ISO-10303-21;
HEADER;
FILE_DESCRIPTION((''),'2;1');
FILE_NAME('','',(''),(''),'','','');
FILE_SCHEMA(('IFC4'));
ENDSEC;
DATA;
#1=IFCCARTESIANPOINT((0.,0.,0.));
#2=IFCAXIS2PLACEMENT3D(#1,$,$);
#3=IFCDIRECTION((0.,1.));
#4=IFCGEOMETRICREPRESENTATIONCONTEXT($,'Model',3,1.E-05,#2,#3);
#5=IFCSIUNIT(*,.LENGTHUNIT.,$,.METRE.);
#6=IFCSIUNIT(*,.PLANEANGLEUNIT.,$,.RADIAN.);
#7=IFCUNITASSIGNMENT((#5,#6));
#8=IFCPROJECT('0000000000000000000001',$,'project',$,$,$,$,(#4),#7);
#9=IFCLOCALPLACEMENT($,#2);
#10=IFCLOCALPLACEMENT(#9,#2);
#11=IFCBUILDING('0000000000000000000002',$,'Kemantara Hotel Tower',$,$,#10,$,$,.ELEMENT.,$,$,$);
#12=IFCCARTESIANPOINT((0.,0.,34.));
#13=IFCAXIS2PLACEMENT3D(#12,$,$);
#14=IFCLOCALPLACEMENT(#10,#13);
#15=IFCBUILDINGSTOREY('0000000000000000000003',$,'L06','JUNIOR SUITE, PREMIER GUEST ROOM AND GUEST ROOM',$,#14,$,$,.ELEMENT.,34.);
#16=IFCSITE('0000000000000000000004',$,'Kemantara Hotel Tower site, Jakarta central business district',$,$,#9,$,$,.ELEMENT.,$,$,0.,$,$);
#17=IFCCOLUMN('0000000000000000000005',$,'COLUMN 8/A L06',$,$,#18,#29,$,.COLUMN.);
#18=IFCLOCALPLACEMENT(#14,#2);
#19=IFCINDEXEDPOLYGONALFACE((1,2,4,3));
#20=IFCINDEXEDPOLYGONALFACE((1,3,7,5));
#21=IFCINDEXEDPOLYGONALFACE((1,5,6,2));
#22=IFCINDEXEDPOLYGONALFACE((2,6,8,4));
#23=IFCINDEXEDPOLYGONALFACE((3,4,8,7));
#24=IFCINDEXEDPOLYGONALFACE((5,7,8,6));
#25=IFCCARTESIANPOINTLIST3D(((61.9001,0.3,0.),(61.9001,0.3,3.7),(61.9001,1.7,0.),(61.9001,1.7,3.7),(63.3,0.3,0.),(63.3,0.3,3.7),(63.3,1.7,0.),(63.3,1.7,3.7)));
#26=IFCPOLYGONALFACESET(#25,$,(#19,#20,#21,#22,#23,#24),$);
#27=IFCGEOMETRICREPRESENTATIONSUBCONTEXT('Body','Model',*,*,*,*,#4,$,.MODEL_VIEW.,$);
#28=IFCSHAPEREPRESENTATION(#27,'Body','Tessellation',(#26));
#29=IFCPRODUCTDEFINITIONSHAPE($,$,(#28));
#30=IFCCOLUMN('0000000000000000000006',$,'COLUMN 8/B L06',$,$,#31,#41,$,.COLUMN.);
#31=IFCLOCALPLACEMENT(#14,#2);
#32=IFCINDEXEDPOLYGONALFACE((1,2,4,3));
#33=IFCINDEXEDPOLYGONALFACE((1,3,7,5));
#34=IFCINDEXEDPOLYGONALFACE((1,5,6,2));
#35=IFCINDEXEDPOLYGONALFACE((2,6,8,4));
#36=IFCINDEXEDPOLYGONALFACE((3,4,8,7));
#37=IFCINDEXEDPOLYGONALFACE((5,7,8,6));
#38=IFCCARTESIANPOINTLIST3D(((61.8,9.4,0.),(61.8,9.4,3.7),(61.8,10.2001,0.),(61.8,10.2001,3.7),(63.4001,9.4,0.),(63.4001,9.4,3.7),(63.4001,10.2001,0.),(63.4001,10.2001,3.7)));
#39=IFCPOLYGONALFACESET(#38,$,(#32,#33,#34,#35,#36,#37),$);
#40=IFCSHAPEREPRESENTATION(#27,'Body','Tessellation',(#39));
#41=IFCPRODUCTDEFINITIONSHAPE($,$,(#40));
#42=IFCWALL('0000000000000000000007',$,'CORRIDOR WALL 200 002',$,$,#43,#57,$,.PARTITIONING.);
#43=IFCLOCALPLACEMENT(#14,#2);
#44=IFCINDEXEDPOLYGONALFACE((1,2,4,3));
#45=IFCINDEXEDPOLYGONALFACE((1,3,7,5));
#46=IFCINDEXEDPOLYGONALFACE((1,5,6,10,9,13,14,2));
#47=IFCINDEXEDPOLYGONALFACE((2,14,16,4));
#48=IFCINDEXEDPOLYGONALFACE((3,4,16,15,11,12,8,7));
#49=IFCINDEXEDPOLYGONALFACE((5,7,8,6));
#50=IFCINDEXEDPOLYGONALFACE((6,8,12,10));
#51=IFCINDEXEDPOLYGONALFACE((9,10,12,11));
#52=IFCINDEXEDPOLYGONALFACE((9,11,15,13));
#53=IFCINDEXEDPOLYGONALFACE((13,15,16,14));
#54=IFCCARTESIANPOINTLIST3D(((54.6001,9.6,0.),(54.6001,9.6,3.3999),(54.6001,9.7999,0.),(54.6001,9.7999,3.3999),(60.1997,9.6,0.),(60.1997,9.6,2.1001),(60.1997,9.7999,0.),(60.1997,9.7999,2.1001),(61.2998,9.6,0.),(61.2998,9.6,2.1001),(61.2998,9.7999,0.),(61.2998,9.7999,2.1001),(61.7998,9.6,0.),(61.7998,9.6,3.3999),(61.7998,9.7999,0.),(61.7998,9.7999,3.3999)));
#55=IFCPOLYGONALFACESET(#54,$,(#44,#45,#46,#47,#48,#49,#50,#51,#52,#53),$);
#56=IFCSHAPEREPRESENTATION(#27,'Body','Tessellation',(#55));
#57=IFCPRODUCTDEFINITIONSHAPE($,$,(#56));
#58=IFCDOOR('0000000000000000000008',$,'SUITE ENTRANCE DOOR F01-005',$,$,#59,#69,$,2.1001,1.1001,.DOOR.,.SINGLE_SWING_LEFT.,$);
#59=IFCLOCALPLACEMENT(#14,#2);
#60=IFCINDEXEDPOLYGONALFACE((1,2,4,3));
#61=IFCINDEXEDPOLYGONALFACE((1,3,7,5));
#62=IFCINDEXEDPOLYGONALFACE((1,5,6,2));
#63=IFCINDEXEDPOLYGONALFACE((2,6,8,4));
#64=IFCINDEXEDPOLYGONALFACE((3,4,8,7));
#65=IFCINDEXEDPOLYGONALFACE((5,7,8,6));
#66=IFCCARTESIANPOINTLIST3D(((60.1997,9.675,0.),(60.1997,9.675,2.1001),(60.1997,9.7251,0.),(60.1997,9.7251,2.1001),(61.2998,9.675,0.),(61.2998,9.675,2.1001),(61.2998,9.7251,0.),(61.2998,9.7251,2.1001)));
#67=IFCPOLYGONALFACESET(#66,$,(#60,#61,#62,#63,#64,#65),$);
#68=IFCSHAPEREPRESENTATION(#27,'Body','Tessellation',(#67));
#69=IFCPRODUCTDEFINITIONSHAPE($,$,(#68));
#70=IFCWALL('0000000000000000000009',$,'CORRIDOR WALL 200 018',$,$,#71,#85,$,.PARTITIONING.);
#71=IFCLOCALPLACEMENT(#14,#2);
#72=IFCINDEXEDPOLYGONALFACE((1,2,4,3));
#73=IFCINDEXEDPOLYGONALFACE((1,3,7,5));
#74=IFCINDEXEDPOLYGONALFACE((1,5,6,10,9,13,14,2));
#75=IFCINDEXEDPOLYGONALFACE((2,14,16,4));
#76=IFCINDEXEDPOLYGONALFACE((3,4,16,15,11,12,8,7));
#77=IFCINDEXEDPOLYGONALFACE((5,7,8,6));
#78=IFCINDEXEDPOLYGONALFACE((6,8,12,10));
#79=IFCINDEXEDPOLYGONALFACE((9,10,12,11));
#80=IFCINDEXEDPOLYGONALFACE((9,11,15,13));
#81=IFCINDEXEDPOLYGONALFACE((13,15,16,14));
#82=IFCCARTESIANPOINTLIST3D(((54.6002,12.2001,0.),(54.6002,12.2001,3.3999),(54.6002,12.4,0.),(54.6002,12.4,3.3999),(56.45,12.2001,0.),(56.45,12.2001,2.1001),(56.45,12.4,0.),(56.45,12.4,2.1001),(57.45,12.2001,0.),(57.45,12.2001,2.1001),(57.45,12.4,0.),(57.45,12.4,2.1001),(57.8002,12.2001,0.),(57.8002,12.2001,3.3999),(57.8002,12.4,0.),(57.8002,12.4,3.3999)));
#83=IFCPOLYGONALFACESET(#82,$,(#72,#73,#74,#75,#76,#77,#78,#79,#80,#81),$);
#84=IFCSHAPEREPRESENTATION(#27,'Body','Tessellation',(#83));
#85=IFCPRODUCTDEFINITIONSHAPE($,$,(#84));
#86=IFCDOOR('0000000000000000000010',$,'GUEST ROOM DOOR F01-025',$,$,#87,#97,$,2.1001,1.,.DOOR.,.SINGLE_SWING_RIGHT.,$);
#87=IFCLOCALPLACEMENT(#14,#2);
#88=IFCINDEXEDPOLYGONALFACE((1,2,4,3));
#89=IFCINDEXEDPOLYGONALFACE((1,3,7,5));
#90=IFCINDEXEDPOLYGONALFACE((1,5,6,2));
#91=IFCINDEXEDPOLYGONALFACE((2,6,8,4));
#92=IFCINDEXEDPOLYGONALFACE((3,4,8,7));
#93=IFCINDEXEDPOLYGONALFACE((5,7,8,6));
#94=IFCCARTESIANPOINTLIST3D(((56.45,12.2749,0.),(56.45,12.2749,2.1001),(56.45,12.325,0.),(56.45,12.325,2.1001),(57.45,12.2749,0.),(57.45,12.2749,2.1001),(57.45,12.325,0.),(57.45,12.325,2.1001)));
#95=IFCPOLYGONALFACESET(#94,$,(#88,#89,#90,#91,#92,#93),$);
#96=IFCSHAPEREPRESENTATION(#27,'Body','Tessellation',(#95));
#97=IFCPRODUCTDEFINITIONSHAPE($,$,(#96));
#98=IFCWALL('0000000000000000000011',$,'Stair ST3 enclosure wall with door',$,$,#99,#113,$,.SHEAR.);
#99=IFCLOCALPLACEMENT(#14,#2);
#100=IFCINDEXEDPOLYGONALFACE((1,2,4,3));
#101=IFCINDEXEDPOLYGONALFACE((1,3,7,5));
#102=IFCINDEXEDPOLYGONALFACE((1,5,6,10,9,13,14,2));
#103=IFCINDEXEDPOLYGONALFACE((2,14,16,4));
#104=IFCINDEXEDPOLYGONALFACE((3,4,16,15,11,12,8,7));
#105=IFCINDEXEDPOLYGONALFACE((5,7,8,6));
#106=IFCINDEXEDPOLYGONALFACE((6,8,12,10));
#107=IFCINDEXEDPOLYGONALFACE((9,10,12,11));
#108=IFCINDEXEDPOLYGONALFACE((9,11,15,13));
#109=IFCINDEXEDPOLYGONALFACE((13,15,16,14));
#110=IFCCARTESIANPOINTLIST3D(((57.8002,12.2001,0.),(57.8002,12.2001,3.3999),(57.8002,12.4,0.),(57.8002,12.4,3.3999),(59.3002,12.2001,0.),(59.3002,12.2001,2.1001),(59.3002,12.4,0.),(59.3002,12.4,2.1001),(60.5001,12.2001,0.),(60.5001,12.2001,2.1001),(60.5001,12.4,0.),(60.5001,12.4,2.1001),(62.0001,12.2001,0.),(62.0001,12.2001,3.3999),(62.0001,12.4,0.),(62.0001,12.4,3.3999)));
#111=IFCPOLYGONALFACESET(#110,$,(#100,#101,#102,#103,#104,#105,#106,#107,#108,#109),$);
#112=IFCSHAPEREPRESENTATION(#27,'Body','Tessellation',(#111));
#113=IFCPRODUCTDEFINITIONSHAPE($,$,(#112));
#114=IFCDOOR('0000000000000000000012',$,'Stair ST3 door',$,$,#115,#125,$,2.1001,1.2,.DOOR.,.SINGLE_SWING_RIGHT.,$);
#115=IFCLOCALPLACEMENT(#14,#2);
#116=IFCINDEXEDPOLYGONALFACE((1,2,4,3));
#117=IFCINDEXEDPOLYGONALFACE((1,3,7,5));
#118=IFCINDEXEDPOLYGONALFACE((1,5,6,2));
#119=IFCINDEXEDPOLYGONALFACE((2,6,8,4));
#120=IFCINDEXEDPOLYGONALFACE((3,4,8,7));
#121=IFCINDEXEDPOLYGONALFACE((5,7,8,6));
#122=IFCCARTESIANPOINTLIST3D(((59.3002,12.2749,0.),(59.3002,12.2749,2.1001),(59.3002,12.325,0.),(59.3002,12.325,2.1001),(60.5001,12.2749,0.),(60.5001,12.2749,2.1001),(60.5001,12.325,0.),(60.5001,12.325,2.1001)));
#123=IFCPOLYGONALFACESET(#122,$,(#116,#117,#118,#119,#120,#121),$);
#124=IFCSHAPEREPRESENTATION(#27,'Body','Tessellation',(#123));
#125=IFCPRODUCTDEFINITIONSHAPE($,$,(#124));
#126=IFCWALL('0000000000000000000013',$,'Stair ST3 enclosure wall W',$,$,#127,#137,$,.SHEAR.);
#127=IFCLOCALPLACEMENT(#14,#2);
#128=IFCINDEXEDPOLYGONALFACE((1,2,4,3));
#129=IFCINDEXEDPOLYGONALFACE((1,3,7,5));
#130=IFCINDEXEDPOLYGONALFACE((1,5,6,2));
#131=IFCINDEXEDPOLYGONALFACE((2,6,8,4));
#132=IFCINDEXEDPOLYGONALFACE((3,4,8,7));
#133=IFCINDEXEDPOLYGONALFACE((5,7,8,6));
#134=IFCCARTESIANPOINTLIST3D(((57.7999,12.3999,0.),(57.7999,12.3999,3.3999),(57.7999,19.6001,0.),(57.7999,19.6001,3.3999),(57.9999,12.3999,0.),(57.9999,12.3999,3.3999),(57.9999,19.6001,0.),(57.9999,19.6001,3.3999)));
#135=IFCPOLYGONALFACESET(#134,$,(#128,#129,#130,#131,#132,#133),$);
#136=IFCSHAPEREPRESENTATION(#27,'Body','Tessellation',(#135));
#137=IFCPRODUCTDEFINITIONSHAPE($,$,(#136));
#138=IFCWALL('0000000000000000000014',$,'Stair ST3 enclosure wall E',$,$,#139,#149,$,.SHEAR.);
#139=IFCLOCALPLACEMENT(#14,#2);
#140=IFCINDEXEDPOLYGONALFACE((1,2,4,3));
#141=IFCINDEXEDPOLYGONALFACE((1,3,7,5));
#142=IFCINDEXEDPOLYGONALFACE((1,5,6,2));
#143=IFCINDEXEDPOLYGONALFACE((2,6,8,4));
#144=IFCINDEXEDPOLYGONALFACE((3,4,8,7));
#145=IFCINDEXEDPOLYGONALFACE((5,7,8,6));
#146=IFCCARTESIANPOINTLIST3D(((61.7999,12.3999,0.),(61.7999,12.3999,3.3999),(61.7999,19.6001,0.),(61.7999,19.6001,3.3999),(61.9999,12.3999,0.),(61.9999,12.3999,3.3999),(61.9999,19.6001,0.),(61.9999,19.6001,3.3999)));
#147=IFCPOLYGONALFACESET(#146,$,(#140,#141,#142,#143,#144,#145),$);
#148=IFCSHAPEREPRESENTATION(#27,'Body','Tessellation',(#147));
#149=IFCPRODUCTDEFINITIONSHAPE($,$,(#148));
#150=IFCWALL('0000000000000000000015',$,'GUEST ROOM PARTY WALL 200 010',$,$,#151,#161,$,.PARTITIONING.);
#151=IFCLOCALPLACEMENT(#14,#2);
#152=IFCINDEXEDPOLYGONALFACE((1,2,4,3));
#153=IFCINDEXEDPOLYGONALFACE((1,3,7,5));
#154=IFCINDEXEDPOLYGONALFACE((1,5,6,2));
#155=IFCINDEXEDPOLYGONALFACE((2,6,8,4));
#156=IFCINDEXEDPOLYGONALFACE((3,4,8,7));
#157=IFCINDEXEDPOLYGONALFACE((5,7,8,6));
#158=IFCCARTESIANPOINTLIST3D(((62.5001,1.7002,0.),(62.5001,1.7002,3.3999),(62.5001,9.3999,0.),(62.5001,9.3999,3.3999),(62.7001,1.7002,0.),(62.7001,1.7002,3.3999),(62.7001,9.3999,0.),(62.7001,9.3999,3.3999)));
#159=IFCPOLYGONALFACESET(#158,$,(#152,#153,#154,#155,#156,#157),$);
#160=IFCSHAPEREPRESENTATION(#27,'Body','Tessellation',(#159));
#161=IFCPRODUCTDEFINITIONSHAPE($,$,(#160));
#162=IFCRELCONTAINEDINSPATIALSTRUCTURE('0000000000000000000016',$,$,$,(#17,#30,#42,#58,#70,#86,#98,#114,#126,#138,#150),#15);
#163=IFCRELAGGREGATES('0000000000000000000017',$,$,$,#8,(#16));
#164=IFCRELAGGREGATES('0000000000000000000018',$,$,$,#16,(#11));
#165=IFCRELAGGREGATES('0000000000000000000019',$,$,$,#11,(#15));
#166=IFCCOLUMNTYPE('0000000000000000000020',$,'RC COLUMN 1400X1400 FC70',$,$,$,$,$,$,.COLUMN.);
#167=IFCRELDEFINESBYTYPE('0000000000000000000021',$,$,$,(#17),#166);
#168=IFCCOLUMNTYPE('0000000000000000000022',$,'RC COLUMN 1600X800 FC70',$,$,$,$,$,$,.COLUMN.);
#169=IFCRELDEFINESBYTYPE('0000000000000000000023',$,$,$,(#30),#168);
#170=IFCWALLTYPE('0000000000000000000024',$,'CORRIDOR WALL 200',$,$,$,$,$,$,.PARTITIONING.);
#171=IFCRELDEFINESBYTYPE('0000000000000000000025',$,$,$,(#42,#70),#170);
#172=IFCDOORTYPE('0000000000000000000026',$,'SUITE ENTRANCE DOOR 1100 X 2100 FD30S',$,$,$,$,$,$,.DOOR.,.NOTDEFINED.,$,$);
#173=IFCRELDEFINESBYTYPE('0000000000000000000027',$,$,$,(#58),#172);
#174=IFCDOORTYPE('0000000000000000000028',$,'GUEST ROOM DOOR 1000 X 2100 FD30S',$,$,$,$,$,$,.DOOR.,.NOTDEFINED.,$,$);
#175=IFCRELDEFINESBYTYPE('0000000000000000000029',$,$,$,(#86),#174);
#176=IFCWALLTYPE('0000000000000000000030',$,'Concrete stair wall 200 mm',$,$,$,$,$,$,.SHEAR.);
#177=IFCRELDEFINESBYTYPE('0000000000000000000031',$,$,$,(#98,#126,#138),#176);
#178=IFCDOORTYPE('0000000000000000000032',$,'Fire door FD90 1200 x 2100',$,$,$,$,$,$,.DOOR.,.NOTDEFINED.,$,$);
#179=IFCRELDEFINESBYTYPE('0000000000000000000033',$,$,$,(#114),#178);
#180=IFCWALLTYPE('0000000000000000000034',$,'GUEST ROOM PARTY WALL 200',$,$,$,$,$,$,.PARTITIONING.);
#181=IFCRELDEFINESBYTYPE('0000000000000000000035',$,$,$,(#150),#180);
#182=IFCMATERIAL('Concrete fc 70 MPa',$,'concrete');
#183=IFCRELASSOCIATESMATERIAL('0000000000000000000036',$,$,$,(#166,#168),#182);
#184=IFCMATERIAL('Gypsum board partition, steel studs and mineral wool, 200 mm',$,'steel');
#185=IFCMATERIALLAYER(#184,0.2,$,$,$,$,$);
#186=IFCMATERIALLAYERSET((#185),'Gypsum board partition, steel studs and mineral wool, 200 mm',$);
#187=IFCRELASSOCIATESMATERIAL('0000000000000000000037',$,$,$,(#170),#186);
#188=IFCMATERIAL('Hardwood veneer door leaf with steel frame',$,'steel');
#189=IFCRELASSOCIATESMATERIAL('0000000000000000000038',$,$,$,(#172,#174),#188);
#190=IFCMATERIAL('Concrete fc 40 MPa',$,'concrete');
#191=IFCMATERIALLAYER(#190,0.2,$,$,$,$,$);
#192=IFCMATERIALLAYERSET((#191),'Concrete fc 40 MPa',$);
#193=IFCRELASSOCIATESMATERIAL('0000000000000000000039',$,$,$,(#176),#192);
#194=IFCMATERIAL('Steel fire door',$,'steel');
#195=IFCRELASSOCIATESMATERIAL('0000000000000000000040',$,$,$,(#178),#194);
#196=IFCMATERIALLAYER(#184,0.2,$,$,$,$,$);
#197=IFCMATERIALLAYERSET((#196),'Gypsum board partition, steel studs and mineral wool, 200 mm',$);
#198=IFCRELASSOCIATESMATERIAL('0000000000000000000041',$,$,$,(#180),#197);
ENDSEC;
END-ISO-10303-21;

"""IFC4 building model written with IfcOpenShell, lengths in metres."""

from ifc_helpers import new_model, si_unit, direction, frame, frame_2d, origin, origin_2d, place, context, subcontext, project, spatial, rectangle, extrude, material, layer, layer_set, material_profile, profile_set, type_object, element, fill, save


model = new_model("IFC4")

# Units and contexts
model_context = context("Model", 3, precision=1e-05, world=origin(), true_north=direction((0.0, 1.0)))
body_context = subcontext(model_context, "Body", "Model", "MODEL_VIEW")
ifc_project = project(units=[si_unit("LENGTHUNIT", "METRE"), si_unit("PLANEANGLEUNIT", "RADIAN")], contexts=[model_context])

# Site, building, storey
site_placement = place(None, origin())
site = spatial("IfcSite", under=ifc_project, at=site_placement, Name="Kemantara Hotel Tower site, Jakarta central business district", CompositionType="ELEMENT", RefElevation=0.0)
building_placement = place(site_placement, origin())
building = spatial("IfcBuilding", under=site, at=building_placement, Name="Kemantara Hotel Tower", CompositionType="ELEMENT")
storey_placement = place(building_placement, frame((0.0, 0.0, 34.0)))
storey = spatial("IfcBuildingStorey", under=building, at=storey_placement, Name="L06", Description="JUNIOR SUITE, PREMIER GUEST ROOM AND GUEST ROOM", CompositionType="ELEMENT", Elevation=34.0)

# Columns
ifc_material_1 = material(Name="Concrete fc 70 MPa", Category="concrete")
ifc_material_profile_1 = material_profile(ifc_material_1, rectangle(XDim=1.3999, YDim=1.3999, at=origin_2d()), Name="RC 1400X1400")
ifc_profile_set_1 = profile_set([ifc_material_profile_1], Name="Concrete fc 70 MPa")
column_type_1 = type_object("IfcColumnType", Name="RC COLUMN 1400X1400 FC70", PredefinedType="COLUMN", material=ifc_profile_set_1)
column_1_placement = place(storey_placement, frame((62.6001, 1.0, 0.0), z_axis=(0.0, 0.0, 1.0), x_axis=(1.0, 0.0, 0.0)))
element("IfcColumn", 1, at=column_1_placement, inside=storey, type_object=column_type_1, Name="COLUMN 8/A L06", PredefinedType="COLUMN", context=body_context, shape_type="SweptSolid", body=[
    extrude(rectangle(XDim=1.3999, YDim=1.3999, at=origin_2d()), origin(), (0.0, 0.0, 1.0), 3.7),
])
ifc_material_profile_2 = material_profile(ifc_material_1, rectangle(XDim=1.6001, YDim=0.8, at=origin_2d()), Name="RC 1600X800")
ifc_profile_set_2 = profile_set([ifc_material_profile_2], Name="Concrete fc 70 MPa")
column_type_2 = type_object("IfcColumnType", Name="RC COLUMN 1600X800 FC70", PredefinedType="COLUMN", material=ifc_profile_set_2)
column_2_placement = place(storey_placement, frame((62.6001, 9.8, 0.0), z_axis=(0.0, 0.0, 1.0), x_axis=(1.0, 0.0, 0.0)))
element("IfcColumn", 2, at=column_2_placement, inside=storey, type_object=column_type_2, Name="COLUMN 8/B L06", PredefinedType="COLUMN", context=body_context, shape_type="SweptSolid", body=[
    extrude(rectangle(XDim=1.6001, YDim=0.8, at=origin_2d()), origin(), (0.0, 0.0, 1.0), 3.7),
])

# Walls, openings, doors
ifc_material_2 = material(Name="Gypsum board partition, steel studs and mineral wool, 200 mm", Category="steel")
ifc_layer_1 = layer(ifc_material_2, 0.2)
ifc_layer_set_1 = layer_set([ifc_layer_1], Name="Gypsum board partition, steel studs and mineral wool, 200 mm")
wall_type_1 = type_object("IfcWallType", Name="CORRIDOR WALL 200", PredefinedType="PARTITIONING", material=ifc_layer_set_1)
wall_1_placement = place(storey_placement, frame((61.7998, 9.7, 0.0), z_axis=(0.0, 0.0, 1.0), x_axis=(-1.0, 0.0, 0.0)))
wall_1 = element("IfcWall", 3, at=wall_1_placement, inside=storey, type_object=wall_type_1, Name="CORRIDOR WALL 200 002", PredefinedType="PARTITIONING", context=body_context, shape_type="SweptSolid", body=[
    extrude(rectangle(XDim=7.1997, YDim=0.2, at=frame_2d((3.5999, 0.0))), origin(), (0.0, 0.0, 1.0), 3.3999),
])
opening_1_placement = place(wall_1_placement, frame((0.5, 0.0, 0.0)))
opening_1 = element("IfcOpeningElement", 4, at=opening_1_placement, cuts=wall_1, PredefinedType="OPENING", context=body_context, shape_type="SweptSolid", body=[
    extrude(rectangle(XDim=1.1001, YDim=2.1001, at=frame_2d((0.55, 1.05))), frame((0.0, 0.1099, 0.0), z_axis=(0.0, -1.0, 0.0), x_axis=(1.0, 0.0, 0.0)), (0.0, 0.0, 1.0), 0.22),
])
ifc_material_3 = material(Name="Hardwood veneer door leaf with steel frame", Category="steel")
door_type_1 = type_object("IfcDoorType", Name="SUITE ENTRANCE DOOR 1100 X 2100 FD30S", OperationType="NOTDEFINED", PredefinedType="DOOR", material=ifc_material_3)
door_1_placement = place(opening_1_placement, origin())
door_1 = element("IfcDoor", 5, at=door_1_placement, inside=storey, type_object=door_type_1, Name="SUITE ENTRANCE DOOR F01-005", OperationType="SINGLE_SWING_LEFT", OverallHeight=2.1001, OverallWidth=1.1001, PredefinedType="DOOR", context=body_context, shape_type="SweptSolid", body=[
    extrude(rectangle(XDim=1.1001, YDim=2.1001, at=frame_2d((0.55, 1.05))), frame((0.0, 0.0249, 0.0), z_axis=(0.0, -1.0, 0.0), x_axis=(1.0, 0.0, 0.0)), (0.0, 0.0, 1.0), 0.05),
])
fill(opening_1, door_1)
wall_2_placement = place(storey_placement, frame((54.6001, 12.3, 0.0), z_axis=(0.0, 0.0, 1.0), x_axis=(1.0, 0.0, 0.0)))
wall_2 = element("IfcWall", 6, at=wall_2_placement, inside=storey, type_object=wall_type_1, Name="CORRIDOR WALL 200 018", PredefinedType="PARTITIONING", context=body_context, shape_type="SweptSolid", body=[
    extrude(rectangle(XDim=3.2, YDim=0.2, at=frame_2d((1.6001, 0.0))), origin(), (0.0, 0.0, 1.0), 3.3999),
])
opening_2_placement = place(wall_2_placement, frame((1.8499, 0.0, 0.0)))
opening_2 = element("IfcOpeningElement", 7, at=opening_2_placement, cuts=wall_2, PredefinedType="OPENING", context=body_context, shape_type="SweptSolid", body=[
    extrude(rectangle(XDim=1.0, YDim=2.1001, at=frame_2d((0.5, 1.05))), frame((0.0, 0.1099, 0.0), z_axis=(0.0, -1.0, 0.0), x_axis=(1.0, 0.0, 0.0)), (0.0, 0.0, 1.0), 0.22),
])
door_type_2 = type_object("IfcDoorType", Name="GUEST ROOM DOOR 1000 X 2100 FD30S", OperationType="NOTDEFINED", PredefinedType="DOOR", material=ifc_material_3)
door_2_placement = place(opening_2_placement, origin())
door_2 = element("IfcDoor", 8, at=door_2_placement, inside=storey, type_object=door_type_2, Name="GUEST ROOM DOOR F01-025", OperationType="SINGLE_SWING_RIGHT", OverallHeight=2.1001, OverallWidth=1.0, PredefinedType="DOOR", context=body_context, shape_type="SweptSolid", body=[
    extrude(rectangle(XDim=1.0, YDim=2.1001, at=frame_2d((0.5, 1.05))), frame((0.0, 0.0249, 0.0), z_axis=(0.0, -1.0, 0.0), x_axis=(1.0, 0.0, 0.0)), (0.0, 0.0, 1.0), 0.05),
])
fill(opening_2, door_2)
ifc_material_4 = material(Name="Concrete fc 40 MPa", Category="concrete")
ifc_layer_2 = layer(ifc_material_4, 0.2)
ifc_layer_set_2 = layer_set([ifc_layer_2], Name="Concrete fc 40 MPa")
wall_type_2 = type_object("IfcWallType", Name="Concrete stair wall 200 mm", PredefinedType="SHEAR", material=ifc_layer_set_2)
wall_3_placement = place(storey_placement, frame((57.8, 12.3, 0.0), z_axis=(0.0, 0.0, 1.0), x_axis=(1.0, 0.0, 0.0)))
wall_3 = element("IfcWall", 9, at=wall_3_placement, inside=storey, type_object=wall_type_2, Name="Stair ST3 enclosure wall with door", PredefinedType="SHEAR", context=body_context, shape_type="SweptSolid", body=[
    extrude(rectangle(XDim=4.2, YDim=0.2, at=frame_2d((2.1001, 0.0))), origin(), (0.0, 0.0, 1.0), 3.3999),
])
opening_3_placement = place(wall_3_placement, frame((1.5, 0.0, 0.0)))
opening_3 = element("IfcOpeningElement", 10, at=opening_3_placement, cuts=wall_3, PredefinedType="OPENING", context=body_context, shape_type="SweptSolid", body=[
    extrude(rectangle(XDim=1.2, YDim=2.1001, at=frame_2d((0.6001, 1.05))), frame((0.0, 0.1099, 0.0), z_axis=(0.0, -1.0, 0.0), x_axis=(1.0, 0.0, 0.0)), (0.0, 0.0, 1.0), 0.22),
])
ifc_material_5 = material(Name="Steel fire door", Category="steel")
door_type_3 = type_object("IfcDoorType", Name="Fire door FD90 1200 x 2100", OperationType="NOTDEFINED", PredefinedType="DOOR", material=ifc_material_5)
door_3_placement = place(opening_3_placement, origin())
door_3 = element("IfcDoor", 11, at=door_3_placement, inside=storey, type_object=door_type_3, Name="Stair ST3 door", OperationType="SINGLE_SWING_RIGHT", OverallHeight=2.1001, OverallWidth=1.2, PredefinedType="DOOR", context=body_context, shape_type="SweptSolid", body=[
    extrude(rectangle(XDim=1.2, YDim=2.1001, at=frame_2d((0.6001, 1.05))), frame((0.0, 0.0249, 0.0), z_axis=(0.0, -1.0, 0.0), x_axis=(1.0, 0.0, 0.0)), (0.0, 0.0, 1.0), 0.05),
])
fill(opening_3, door_3)

# Walls
for number, where, z_axis, x_axis, name in (
    (12, (57.8999, 12.3999, 0.0), (0.0, 0.0, 1.0), (0.0, 1.0, 0.0), "Stair ST3 enclosure wall W"),
    (13, (61.8999, 12.3999, 0.0), (0.0, 0.0, 1.0), (0.0, 1.0, 0.0), "Stair ST3 enclosure wall E"),
):
    element("IfcWall", number, at=place(storey_placement, frame(where, z_axis=z_axis, x_axis=x_axis)), inside=storey, type_object=wall_type_2, Name=name, PredefinedType="SHEAR", context=body_context, shape_type="SweptSolid", body=[
        extrude(rectangle(XDim=7.2002, YDim=0.2, at=frame_2d((3.6001, 0.0))), origin(), (0.0, 0.0, 1.0), 3.3999),
    ])
ifc_layer_3 = layer(ifc_material_2, 0.2)
ifc_layer_set_3 = layer_set([ifc_layer_3], Name="Gypsum board partition, steel studs and mineral wool, 200 mm")
wall_type_3 = type_object("IfcWallType", Name="GUEST ROOM PARTY WALL 200", PredefinedType="PARTITIONING", material=ifc_layer_set_3)
wall_4_placement = place(storey_placement, frame((62.6001, 1.7002, 0.0), z_axis=(0.0, 0.0, 1.0), x_axis=(0.0, 1.0, 0.0)))
element("IfcWall", 14, at=wall_4_placement, inside=storey, type_object=wall_type_3, Name="GUEST ROOM PARTY WALL 200 010", PredefinedType="PARTITIONING", context=body_context, shape_type="SweptSolid", body=[
    extrude(rectangle(XDim=7.6997, YDim=0.2, at=frame_2d((3.8499, 0.0))), origin(), (0.0, 0.0, 1.0), 3.3999),
])

save(model, "model.ifc")
